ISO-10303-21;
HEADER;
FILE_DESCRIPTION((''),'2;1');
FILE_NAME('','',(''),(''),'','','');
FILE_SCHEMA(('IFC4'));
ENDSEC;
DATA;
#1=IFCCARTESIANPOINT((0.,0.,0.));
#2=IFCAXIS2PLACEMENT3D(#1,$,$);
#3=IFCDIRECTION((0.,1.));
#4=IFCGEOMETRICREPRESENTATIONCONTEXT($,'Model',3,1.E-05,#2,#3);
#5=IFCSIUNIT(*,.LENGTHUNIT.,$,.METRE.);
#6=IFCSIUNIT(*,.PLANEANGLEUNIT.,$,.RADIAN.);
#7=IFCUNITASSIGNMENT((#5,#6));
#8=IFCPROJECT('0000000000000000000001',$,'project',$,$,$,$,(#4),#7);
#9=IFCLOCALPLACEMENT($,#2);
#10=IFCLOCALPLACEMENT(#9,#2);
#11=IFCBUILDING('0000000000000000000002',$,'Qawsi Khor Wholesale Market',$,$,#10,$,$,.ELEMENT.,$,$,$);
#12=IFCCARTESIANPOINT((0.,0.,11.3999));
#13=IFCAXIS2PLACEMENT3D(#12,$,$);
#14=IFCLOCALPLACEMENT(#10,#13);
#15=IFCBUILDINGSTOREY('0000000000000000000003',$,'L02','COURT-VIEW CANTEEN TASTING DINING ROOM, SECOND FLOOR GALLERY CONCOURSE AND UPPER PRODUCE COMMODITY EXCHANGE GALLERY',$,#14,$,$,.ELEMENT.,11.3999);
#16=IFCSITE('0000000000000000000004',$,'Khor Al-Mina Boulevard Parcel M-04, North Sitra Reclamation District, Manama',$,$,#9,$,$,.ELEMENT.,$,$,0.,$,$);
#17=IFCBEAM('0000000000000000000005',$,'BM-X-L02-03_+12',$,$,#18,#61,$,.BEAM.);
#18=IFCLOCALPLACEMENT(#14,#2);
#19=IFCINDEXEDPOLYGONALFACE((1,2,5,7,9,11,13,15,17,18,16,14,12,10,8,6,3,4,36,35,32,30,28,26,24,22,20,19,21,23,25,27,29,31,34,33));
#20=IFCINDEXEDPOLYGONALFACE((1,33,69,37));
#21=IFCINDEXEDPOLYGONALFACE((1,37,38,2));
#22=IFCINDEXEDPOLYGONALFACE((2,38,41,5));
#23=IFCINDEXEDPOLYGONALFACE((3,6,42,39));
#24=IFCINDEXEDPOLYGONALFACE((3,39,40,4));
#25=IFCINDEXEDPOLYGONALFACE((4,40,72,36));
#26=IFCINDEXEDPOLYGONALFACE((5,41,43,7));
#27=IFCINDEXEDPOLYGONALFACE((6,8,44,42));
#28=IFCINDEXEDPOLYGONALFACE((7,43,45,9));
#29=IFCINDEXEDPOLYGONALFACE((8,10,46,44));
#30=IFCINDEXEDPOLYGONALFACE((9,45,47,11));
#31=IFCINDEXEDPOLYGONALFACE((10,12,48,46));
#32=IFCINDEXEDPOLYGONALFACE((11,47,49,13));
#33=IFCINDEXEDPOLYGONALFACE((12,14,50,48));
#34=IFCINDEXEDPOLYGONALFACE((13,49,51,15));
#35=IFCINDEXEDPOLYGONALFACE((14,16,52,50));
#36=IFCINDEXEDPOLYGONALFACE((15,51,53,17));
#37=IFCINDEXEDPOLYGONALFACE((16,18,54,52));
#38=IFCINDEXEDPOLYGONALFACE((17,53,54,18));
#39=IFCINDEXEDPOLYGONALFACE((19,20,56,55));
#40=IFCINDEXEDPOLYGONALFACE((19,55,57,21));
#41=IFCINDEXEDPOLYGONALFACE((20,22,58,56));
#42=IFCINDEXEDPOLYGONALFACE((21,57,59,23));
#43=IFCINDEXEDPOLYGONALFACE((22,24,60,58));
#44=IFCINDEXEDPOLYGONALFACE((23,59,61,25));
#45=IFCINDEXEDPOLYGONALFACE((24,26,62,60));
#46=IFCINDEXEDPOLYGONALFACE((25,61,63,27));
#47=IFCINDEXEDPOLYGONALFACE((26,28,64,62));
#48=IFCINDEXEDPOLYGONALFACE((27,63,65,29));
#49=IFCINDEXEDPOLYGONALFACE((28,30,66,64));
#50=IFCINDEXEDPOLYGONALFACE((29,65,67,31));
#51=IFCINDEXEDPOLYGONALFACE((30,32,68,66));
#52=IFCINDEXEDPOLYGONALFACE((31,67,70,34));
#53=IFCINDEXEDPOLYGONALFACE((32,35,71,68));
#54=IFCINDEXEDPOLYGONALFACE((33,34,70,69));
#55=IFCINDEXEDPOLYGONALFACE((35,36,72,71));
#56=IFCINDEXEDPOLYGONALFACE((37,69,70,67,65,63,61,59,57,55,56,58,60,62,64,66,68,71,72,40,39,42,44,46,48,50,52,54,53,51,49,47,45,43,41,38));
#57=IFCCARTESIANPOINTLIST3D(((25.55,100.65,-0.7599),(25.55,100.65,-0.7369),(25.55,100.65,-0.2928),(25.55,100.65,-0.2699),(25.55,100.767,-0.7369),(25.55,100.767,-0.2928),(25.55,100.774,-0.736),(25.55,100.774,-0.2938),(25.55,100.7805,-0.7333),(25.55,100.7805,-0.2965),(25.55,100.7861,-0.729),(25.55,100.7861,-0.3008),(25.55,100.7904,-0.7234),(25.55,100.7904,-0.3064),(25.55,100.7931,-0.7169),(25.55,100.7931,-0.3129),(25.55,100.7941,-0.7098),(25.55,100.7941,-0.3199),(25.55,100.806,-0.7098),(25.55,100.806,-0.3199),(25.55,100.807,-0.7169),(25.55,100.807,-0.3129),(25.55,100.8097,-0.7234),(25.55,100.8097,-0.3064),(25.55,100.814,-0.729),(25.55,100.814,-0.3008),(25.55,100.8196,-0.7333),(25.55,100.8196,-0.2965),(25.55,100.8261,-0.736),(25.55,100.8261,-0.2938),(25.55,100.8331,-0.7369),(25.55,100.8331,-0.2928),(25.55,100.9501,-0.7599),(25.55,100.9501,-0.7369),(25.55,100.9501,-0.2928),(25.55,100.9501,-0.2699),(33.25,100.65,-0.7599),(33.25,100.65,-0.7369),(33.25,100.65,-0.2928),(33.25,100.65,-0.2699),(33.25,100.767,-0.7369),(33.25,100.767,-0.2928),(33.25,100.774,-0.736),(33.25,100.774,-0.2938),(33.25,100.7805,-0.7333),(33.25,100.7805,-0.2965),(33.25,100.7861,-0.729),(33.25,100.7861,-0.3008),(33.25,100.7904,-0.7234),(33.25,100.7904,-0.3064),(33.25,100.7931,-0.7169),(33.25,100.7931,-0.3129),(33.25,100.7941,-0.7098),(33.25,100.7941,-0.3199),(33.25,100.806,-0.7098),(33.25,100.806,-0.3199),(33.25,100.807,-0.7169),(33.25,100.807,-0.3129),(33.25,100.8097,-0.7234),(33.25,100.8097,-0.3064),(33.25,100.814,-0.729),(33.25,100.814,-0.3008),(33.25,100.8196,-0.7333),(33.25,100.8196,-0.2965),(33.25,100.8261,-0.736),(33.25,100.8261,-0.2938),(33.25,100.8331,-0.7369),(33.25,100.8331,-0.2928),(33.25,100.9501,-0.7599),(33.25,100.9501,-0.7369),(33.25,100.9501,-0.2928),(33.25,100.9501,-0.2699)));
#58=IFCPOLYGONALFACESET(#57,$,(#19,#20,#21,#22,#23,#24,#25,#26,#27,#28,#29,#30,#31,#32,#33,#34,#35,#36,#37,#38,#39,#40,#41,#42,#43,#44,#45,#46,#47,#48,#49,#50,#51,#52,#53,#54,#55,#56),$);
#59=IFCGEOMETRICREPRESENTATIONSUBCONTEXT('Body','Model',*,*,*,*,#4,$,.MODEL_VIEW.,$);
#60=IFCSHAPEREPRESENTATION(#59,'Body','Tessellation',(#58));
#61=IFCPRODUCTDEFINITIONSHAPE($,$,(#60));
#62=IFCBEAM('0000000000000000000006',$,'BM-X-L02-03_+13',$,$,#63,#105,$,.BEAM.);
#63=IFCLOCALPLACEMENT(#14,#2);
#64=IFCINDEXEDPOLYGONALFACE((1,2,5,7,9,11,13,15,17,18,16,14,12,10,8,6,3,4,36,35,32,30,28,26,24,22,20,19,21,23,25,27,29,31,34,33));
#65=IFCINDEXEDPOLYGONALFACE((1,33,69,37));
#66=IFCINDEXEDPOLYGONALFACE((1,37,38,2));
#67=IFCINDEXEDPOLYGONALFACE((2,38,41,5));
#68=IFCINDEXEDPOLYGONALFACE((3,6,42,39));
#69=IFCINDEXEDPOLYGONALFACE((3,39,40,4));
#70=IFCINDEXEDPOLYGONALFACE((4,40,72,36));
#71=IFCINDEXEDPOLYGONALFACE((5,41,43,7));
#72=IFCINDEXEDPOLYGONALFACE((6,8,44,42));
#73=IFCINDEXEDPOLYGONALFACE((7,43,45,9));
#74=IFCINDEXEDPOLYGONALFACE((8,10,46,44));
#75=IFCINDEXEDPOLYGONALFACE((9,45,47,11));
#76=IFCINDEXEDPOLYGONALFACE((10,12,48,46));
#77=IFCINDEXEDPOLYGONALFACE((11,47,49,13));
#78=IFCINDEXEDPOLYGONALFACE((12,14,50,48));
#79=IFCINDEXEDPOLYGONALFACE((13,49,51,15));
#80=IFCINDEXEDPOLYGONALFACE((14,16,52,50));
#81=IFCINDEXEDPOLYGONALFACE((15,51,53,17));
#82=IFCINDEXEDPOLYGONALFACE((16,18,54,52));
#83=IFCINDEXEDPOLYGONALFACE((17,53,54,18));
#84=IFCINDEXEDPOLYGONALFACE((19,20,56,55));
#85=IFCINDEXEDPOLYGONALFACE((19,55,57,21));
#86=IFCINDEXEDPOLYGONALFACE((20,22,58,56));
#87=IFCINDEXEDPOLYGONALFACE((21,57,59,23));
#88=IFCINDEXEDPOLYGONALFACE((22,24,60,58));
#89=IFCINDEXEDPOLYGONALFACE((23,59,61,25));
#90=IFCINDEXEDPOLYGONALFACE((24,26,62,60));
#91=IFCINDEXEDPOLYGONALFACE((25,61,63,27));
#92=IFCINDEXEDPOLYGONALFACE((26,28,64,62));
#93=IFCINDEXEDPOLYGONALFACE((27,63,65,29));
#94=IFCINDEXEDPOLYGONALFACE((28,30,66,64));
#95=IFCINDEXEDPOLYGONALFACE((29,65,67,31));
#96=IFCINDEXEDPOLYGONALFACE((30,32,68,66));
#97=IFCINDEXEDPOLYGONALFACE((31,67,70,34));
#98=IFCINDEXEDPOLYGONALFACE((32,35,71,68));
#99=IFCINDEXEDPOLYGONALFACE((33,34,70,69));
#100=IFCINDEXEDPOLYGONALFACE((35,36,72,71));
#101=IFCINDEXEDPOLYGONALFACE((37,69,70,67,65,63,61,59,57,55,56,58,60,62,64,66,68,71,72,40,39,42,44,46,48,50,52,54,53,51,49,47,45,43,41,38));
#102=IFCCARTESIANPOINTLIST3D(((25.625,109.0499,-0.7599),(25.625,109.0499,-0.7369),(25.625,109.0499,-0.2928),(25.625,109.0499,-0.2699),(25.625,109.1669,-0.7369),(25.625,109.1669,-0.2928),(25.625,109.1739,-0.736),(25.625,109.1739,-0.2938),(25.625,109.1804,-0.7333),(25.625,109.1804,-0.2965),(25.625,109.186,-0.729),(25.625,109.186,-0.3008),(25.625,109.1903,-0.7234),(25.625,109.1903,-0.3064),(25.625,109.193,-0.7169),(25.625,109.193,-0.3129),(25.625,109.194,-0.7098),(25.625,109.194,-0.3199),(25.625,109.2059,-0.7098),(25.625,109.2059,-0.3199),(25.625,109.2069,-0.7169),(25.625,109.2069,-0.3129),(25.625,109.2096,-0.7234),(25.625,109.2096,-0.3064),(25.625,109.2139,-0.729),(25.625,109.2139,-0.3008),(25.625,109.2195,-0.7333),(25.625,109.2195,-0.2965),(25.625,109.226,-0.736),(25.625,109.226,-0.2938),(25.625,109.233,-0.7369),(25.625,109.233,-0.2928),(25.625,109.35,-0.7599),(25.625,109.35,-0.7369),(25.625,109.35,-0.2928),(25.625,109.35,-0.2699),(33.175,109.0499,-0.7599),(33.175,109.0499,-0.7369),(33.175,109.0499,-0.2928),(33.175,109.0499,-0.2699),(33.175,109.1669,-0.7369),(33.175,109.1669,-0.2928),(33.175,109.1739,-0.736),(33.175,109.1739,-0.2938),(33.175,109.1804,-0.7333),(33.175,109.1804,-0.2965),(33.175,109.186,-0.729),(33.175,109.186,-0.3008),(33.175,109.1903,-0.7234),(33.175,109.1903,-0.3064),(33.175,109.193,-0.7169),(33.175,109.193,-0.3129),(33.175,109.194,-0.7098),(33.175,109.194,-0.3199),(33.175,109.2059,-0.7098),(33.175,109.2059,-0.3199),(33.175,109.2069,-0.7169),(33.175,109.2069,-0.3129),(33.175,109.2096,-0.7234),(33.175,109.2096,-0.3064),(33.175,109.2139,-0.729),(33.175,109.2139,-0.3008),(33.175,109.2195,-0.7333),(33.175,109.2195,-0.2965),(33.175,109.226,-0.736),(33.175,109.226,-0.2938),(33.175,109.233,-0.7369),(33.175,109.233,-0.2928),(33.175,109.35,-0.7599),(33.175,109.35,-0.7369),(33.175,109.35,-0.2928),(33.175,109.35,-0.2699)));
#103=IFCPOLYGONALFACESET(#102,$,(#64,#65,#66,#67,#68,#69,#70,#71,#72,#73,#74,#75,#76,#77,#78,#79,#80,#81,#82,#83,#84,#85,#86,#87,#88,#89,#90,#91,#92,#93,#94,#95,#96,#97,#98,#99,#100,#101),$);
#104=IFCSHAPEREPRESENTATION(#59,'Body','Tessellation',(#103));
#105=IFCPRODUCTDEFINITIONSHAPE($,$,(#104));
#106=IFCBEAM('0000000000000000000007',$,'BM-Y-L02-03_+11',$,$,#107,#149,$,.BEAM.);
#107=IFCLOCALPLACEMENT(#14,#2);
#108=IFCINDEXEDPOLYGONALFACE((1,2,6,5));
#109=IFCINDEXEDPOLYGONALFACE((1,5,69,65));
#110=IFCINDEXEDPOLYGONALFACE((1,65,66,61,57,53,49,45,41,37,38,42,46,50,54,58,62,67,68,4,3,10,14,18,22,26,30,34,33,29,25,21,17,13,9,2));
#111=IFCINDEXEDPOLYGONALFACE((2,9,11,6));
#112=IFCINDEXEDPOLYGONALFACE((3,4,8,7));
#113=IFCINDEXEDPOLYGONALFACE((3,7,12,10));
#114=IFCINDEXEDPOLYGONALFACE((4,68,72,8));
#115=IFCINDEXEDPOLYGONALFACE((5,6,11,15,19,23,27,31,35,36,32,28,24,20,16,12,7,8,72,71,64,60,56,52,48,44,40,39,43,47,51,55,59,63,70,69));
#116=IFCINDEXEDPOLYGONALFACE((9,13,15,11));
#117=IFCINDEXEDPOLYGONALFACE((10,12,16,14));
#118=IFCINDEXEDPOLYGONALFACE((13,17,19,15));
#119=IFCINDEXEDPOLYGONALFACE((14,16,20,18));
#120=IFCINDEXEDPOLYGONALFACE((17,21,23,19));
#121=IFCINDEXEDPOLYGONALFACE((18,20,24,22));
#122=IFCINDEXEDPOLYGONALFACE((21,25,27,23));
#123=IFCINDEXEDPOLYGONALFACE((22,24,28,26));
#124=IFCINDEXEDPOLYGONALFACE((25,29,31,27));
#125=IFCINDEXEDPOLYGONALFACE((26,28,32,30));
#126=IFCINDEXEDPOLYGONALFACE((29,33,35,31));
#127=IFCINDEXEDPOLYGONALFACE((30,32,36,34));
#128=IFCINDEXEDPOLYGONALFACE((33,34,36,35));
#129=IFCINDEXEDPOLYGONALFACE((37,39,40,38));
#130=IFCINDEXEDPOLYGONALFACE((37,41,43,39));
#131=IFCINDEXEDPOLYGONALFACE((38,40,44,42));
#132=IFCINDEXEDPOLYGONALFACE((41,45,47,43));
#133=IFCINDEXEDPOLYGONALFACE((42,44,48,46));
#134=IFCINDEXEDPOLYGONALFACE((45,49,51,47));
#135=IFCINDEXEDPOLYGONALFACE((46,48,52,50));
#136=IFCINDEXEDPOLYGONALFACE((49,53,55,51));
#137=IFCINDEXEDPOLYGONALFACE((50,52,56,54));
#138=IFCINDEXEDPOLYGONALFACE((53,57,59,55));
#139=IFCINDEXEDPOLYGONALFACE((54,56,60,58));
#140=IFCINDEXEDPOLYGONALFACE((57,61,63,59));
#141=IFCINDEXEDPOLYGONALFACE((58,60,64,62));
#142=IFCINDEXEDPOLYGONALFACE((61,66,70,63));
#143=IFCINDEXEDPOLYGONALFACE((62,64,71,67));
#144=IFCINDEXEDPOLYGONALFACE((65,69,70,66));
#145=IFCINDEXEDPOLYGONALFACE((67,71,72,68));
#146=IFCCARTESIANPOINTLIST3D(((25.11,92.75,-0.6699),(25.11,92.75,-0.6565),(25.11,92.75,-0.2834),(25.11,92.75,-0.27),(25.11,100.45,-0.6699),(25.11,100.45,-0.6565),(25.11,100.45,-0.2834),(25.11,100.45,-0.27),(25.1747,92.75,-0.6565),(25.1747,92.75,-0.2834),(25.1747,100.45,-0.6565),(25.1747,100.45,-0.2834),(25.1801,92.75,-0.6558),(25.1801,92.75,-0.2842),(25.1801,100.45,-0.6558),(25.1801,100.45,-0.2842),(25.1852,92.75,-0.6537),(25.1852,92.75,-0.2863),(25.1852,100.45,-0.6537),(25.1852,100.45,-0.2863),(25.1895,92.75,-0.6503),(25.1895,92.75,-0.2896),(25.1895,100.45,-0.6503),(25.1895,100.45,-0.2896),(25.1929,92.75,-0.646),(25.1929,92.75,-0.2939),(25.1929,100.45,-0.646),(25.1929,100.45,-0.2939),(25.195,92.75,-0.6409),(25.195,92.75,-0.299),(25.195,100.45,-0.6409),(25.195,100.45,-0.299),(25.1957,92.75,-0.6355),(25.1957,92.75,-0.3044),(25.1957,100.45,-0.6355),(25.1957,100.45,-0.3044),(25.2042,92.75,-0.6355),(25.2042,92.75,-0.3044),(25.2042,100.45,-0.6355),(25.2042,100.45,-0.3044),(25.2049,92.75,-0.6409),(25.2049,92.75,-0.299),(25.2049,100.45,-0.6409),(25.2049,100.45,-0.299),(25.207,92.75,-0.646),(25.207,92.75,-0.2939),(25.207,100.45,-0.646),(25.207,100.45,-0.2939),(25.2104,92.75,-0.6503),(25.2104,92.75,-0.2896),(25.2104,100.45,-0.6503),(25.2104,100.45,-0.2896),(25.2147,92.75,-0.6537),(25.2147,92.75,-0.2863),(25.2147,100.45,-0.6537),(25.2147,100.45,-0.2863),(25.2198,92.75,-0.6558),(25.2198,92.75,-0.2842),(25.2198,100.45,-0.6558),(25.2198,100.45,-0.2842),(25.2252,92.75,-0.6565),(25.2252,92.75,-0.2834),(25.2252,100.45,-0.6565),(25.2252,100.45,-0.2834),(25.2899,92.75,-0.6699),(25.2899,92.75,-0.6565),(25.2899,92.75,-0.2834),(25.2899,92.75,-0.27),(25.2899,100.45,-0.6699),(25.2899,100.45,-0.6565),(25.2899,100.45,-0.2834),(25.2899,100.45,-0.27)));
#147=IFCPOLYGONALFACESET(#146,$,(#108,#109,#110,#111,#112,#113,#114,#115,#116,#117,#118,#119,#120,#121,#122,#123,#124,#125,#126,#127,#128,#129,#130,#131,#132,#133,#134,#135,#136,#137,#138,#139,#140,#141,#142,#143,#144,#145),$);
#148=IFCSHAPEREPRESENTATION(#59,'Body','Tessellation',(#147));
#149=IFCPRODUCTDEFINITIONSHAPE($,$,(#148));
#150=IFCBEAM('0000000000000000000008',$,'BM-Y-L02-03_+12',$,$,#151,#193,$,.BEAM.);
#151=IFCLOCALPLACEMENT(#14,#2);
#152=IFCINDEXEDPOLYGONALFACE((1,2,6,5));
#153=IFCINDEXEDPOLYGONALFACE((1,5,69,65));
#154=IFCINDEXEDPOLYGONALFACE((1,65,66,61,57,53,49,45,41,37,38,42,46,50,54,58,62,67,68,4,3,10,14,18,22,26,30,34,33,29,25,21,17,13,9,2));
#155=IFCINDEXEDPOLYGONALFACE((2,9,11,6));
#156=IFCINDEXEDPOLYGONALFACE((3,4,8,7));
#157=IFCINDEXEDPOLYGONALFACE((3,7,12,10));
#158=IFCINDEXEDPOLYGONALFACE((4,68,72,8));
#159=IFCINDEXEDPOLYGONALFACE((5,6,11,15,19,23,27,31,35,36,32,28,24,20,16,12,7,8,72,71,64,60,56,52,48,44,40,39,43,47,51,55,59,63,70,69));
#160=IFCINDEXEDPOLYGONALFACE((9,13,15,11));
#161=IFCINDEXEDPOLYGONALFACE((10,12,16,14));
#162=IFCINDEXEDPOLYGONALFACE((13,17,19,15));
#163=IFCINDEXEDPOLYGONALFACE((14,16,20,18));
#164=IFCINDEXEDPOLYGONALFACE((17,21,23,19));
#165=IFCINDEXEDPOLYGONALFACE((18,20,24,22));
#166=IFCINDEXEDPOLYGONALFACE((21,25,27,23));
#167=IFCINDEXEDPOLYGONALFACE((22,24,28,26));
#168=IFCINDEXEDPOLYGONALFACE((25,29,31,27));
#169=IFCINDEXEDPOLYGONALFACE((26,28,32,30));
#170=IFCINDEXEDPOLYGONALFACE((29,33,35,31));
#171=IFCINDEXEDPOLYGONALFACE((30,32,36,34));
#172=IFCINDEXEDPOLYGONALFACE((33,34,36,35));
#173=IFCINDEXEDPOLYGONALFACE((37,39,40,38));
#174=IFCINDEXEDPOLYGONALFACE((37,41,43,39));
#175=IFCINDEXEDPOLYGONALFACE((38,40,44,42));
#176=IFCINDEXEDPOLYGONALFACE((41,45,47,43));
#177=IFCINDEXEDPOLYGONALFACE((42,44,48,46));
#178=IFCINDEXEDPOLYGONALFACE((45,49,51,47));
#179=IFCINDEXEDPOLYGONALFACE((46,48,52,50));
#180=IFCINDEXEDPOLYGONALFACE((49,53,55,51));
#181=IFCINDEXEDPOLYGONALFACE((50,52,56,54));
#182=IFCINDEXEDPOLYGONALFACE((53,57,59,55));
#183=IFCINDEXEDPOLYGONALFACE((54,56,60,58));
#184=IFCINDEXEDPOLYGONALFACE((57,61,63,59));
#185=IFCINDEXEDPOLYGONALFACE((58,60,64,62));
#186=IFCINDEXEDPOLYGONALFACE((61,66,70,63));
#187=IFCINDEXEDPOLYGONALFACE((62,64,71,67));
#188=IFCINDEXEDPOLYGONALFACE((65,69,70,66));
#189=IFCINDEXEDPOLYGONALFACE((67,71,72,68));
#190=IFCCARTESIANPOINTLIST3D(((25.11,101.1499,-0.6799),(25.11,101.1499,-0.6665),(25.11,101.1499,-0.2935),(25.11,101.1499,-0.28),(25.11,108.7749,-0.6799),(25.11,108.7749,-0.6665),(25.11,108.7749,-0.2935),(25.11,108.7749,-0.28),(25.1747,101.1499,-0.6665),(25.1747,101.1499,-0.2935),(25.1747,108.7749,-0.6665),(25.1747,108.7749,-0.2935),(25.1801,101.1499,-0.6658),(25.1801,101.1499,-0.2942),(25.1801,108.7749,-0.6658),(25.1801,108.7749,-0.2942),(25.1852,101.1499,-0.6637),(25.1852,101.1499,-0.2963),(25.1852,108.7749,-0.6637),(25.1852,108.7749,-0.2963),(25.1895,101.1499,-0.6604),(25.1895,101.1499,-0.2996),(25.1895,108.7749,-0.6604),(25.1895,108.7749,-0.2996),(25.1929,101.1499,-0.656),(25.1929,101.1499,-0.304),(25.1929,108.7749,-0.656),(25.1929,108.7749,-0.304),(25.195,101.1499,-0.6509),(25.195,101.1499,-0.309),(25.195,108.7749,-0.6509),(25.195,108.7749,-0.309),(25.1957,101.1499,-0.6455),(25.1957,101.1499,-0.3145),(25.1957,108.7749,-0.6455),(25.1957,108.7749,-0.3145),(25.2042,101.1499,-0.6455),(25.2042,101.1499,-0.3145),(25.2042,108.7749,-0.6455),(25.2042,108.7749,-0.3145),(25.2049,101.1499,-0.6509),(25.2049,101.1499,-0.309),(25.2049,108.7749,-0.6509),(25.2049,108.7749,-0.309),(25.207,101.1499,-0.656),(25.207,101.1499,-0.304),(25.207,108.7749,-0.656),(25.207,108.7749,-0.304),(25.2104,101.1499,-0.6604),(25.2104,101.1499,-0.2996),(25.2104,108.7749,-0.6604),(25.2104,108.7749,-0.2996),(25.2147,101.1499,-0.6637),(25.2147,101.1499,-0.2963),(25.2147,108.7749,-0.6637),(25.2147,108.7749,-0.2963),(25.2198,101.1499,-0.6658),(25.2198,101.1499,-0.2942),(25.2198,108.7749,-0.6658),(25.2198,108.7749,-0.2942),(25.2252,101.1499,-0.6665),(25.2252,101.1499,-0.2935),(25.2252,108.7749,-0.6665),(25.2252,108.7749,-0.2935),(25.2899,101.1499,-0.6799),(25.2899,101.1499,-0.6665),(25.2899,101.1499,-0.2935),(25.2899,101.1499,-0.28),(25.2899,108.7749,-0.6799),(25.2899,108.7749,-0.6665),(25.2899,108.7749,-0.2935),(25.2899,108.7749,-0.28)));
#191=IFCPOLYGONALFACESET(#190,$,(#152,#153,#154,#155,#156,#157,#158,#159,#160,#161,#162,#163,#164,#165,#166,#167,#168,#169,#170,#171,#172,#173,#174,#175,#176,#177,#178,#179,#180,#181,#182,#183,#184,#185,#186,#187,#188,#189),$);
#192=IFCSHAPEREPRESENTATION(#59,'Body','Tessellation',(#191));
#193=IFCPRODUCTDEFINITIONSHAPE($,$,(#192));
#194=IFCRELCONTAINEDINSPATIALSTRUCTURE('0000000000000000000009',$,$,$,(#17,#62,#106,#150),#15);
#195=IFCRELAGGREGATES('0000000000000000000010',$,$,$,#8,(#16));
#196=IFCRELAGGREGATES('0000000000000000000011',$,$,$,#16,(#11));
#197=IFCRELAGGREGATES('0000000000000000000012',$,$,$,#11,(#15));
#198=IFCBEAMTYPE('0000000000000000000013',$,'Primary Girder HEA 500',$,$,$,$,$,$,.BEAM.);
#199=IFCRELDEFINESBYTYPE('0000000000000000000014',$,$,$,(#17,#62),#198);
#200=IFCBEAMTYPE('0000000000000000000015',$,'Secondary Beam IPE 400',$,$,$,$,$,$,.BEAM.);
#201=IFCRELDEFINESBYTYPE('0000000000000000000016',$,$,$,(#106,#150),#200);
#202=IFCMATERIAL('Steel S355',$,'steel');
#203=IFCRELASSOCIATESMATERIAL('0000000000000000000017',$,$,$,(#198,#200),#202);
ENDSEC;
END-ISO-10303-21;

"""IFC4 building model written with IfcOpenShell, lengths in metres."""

from ifc_helpers import new_model, si_unit, direction, frame, origin, origin_2d, place, context, subcontext, project, spatial, i_section, extrude, material, material_profile, profile_set, type_object, element, save


model = new_model("IFC4")

# Units and contexts
model_context = context("Model", 3, precision=1e-05, world=origin(), true_north=direction((0.0, 1.0)))
body_context = subcontext(model_context, "Body", "Model", "MODEL_VIEW")
ifc_project = project(units=[si_unit("LENGTHUNIT", "METRE"), si_unit("PLANEANGLEUNIT", "RADIAN")], contexts=[model_context])

# Site, building, storey
site_placement = place(None, origin())
site = spatial("IfcSite", under=ifc_project, at=site_placement, Name="Khor Al-Mina Boulevard Parcel M-04, North Sitra Reclamation District, Manama", CompositionType="ELEMENT", RefElevation=0.0)
building_placement = place(site_placement, origin())
building = spatial("IfcBuilding", under=site, at=building_placement, Name="Qawsi Khor Wholesale Market", CompositionType="ELEMENT")
storey_placement = place(building_placement, frame((0.0, 0.0, 11.3999)))
storey = spatial("IfcBuildingStorey", under=building, at=storey_placement, Name="L02", Description="COURT-VIEW CANTEEN TASTING DINING ROOM, SECOND FLOOR GALLERY CONCOURSE AND UPPER PRODUCE COMMODITY EXCHANGE GALLERY", CompositionType="ELEMENT", Elevation=11.3999)

# Beams
ifc_material_1 = material(Name="Steel S355", Category="steel")
ifc_material_profile_1 = material_profile(ifc_material_1, i_section(OverallWidth=0.3, OverallDepth=0.49, WebThickness=0.012, FlangeThickness=0.0229, FilletRadius=0.0271, at=origin_2d()), Name="HEA 500")
ifc_profile_set_1 = profile_set([ifc_material_profile_1], Name="Steel S355")
beam_type_1 = type_object("IfcBeamType", Name="Primary Girder HEA 500", PredefinedType="BEAM", material=ifc_profile_set_1)
for number, where, z_axis, x_axis, name in (
    (1, (25.55, 100.8, -0.5149), (1.0, 0.0, 0.0), (0.0, 1.0, 0.0), "BM-X-L02-03_+12"),
):
    element("IfcBeam", number, at=place(storey_placement, frame(where, z_axis=z_axis, x_axis=x_axis)), inside=storey, type_object=beam_type_1, Name=name, PredefinedType="BEAM", context=body_context, shape_type="SweptSolid", body=[
        extrude(i_section(OverallWidth=0.3, OverallDepth=0.49, WebThickness=0.012, FlangeThickness=0.0229, FilletRadius=0.0271, at=origin_2d()), origin(), (0.0, 0.0, 1.0), 7.7),
    ])
beam_1_placement = place(storey_placement, frame((25.625, 109.2, -0.5149), z_axis=(1.0, 0.0, 0.0), x_axis=(0.0, 1.0, 0.0)))
element("IfcBeam", 2, at=beam_1_placement, inside=storey, type_object=beam_type_1, Name="BM-X-L02-03_+13", PredefinedType="BEAM", context=body_context, shape_type="SweptSolid", body=[
    extrude(i_section(OverallWidth=0.3, OverallDepth=0.49, WebThickness=0.012, FlangeThickness=0.0229, FilletRadius=0.0271, at=origin_2d()), origin(), (0.0, 0.0, 1.0), 7.55),
])
ifc_material_profile_2 = material_profile(ifc_material_1, i_section(OverallWidth=0.1799, OverallDepth=0.3999, WebThickness=0.0085, FlangeThickness=0.0134, FilletRadius=0.021, at=origin_2d()), Name="IPE 400")
ifc_profile_set_2 = profile_set([ifc_material_profile_2], Name="Steel S355")
beam_type_2 = type_object("IfcBeamType", Name="Secondary Beam IPE 400", PredefinedType="BEAM", material=ifc_profile_set_2)
beam_2_placement = place(storey_placement, frame((25.2, 92.75, -0.47), z_axis=(0.0, 1.0, 0.0), x_axis=(-1.0, 0.0, 0.0)))
element("IfcBeam", 3, at=beam_2_placement, inside=storey, type_object=beam_type_2, Name="BM-Y-L02-03_+11", PredefinedType="BEAM", context=body_context, shape_type="SweptSolid", body=[
    extrude(i_section(OverallWidth=0.1799, OverallDepth=0.3999, WebThickness=0.0085, FlangeThickness=0.0134, FilletRadius=0.021, at=origin_2d()), origin(), (0.0, 0.0, 1.0), 7.7),
])
beam_3_placement = place(storey_placement, frame((25.2, 101.1499, -0.48), z_axis=(0.0, 1.0, 0.0), x_axis=(-1.0, 0.0, 0.0)))
element("IfcBeam", 4, at=beam_3_placement, inside=storey, type_object=beam_type_2, Name="BM-Y-L02-03_+12", PredefinedType="BEAM", context=body_context, shape_type="SweptSolid", body=[
    extrude(i_section(OverallWidth=0.1799, OverallDepth=0.3999, WebThickness=0.0085, FlangeThickness=0.0134, FilletRadius=0.021, at=origin_2d()), origin(), (0.0, 0.0, 1.0), 7.625),
])

save(model, "model.ifc")
